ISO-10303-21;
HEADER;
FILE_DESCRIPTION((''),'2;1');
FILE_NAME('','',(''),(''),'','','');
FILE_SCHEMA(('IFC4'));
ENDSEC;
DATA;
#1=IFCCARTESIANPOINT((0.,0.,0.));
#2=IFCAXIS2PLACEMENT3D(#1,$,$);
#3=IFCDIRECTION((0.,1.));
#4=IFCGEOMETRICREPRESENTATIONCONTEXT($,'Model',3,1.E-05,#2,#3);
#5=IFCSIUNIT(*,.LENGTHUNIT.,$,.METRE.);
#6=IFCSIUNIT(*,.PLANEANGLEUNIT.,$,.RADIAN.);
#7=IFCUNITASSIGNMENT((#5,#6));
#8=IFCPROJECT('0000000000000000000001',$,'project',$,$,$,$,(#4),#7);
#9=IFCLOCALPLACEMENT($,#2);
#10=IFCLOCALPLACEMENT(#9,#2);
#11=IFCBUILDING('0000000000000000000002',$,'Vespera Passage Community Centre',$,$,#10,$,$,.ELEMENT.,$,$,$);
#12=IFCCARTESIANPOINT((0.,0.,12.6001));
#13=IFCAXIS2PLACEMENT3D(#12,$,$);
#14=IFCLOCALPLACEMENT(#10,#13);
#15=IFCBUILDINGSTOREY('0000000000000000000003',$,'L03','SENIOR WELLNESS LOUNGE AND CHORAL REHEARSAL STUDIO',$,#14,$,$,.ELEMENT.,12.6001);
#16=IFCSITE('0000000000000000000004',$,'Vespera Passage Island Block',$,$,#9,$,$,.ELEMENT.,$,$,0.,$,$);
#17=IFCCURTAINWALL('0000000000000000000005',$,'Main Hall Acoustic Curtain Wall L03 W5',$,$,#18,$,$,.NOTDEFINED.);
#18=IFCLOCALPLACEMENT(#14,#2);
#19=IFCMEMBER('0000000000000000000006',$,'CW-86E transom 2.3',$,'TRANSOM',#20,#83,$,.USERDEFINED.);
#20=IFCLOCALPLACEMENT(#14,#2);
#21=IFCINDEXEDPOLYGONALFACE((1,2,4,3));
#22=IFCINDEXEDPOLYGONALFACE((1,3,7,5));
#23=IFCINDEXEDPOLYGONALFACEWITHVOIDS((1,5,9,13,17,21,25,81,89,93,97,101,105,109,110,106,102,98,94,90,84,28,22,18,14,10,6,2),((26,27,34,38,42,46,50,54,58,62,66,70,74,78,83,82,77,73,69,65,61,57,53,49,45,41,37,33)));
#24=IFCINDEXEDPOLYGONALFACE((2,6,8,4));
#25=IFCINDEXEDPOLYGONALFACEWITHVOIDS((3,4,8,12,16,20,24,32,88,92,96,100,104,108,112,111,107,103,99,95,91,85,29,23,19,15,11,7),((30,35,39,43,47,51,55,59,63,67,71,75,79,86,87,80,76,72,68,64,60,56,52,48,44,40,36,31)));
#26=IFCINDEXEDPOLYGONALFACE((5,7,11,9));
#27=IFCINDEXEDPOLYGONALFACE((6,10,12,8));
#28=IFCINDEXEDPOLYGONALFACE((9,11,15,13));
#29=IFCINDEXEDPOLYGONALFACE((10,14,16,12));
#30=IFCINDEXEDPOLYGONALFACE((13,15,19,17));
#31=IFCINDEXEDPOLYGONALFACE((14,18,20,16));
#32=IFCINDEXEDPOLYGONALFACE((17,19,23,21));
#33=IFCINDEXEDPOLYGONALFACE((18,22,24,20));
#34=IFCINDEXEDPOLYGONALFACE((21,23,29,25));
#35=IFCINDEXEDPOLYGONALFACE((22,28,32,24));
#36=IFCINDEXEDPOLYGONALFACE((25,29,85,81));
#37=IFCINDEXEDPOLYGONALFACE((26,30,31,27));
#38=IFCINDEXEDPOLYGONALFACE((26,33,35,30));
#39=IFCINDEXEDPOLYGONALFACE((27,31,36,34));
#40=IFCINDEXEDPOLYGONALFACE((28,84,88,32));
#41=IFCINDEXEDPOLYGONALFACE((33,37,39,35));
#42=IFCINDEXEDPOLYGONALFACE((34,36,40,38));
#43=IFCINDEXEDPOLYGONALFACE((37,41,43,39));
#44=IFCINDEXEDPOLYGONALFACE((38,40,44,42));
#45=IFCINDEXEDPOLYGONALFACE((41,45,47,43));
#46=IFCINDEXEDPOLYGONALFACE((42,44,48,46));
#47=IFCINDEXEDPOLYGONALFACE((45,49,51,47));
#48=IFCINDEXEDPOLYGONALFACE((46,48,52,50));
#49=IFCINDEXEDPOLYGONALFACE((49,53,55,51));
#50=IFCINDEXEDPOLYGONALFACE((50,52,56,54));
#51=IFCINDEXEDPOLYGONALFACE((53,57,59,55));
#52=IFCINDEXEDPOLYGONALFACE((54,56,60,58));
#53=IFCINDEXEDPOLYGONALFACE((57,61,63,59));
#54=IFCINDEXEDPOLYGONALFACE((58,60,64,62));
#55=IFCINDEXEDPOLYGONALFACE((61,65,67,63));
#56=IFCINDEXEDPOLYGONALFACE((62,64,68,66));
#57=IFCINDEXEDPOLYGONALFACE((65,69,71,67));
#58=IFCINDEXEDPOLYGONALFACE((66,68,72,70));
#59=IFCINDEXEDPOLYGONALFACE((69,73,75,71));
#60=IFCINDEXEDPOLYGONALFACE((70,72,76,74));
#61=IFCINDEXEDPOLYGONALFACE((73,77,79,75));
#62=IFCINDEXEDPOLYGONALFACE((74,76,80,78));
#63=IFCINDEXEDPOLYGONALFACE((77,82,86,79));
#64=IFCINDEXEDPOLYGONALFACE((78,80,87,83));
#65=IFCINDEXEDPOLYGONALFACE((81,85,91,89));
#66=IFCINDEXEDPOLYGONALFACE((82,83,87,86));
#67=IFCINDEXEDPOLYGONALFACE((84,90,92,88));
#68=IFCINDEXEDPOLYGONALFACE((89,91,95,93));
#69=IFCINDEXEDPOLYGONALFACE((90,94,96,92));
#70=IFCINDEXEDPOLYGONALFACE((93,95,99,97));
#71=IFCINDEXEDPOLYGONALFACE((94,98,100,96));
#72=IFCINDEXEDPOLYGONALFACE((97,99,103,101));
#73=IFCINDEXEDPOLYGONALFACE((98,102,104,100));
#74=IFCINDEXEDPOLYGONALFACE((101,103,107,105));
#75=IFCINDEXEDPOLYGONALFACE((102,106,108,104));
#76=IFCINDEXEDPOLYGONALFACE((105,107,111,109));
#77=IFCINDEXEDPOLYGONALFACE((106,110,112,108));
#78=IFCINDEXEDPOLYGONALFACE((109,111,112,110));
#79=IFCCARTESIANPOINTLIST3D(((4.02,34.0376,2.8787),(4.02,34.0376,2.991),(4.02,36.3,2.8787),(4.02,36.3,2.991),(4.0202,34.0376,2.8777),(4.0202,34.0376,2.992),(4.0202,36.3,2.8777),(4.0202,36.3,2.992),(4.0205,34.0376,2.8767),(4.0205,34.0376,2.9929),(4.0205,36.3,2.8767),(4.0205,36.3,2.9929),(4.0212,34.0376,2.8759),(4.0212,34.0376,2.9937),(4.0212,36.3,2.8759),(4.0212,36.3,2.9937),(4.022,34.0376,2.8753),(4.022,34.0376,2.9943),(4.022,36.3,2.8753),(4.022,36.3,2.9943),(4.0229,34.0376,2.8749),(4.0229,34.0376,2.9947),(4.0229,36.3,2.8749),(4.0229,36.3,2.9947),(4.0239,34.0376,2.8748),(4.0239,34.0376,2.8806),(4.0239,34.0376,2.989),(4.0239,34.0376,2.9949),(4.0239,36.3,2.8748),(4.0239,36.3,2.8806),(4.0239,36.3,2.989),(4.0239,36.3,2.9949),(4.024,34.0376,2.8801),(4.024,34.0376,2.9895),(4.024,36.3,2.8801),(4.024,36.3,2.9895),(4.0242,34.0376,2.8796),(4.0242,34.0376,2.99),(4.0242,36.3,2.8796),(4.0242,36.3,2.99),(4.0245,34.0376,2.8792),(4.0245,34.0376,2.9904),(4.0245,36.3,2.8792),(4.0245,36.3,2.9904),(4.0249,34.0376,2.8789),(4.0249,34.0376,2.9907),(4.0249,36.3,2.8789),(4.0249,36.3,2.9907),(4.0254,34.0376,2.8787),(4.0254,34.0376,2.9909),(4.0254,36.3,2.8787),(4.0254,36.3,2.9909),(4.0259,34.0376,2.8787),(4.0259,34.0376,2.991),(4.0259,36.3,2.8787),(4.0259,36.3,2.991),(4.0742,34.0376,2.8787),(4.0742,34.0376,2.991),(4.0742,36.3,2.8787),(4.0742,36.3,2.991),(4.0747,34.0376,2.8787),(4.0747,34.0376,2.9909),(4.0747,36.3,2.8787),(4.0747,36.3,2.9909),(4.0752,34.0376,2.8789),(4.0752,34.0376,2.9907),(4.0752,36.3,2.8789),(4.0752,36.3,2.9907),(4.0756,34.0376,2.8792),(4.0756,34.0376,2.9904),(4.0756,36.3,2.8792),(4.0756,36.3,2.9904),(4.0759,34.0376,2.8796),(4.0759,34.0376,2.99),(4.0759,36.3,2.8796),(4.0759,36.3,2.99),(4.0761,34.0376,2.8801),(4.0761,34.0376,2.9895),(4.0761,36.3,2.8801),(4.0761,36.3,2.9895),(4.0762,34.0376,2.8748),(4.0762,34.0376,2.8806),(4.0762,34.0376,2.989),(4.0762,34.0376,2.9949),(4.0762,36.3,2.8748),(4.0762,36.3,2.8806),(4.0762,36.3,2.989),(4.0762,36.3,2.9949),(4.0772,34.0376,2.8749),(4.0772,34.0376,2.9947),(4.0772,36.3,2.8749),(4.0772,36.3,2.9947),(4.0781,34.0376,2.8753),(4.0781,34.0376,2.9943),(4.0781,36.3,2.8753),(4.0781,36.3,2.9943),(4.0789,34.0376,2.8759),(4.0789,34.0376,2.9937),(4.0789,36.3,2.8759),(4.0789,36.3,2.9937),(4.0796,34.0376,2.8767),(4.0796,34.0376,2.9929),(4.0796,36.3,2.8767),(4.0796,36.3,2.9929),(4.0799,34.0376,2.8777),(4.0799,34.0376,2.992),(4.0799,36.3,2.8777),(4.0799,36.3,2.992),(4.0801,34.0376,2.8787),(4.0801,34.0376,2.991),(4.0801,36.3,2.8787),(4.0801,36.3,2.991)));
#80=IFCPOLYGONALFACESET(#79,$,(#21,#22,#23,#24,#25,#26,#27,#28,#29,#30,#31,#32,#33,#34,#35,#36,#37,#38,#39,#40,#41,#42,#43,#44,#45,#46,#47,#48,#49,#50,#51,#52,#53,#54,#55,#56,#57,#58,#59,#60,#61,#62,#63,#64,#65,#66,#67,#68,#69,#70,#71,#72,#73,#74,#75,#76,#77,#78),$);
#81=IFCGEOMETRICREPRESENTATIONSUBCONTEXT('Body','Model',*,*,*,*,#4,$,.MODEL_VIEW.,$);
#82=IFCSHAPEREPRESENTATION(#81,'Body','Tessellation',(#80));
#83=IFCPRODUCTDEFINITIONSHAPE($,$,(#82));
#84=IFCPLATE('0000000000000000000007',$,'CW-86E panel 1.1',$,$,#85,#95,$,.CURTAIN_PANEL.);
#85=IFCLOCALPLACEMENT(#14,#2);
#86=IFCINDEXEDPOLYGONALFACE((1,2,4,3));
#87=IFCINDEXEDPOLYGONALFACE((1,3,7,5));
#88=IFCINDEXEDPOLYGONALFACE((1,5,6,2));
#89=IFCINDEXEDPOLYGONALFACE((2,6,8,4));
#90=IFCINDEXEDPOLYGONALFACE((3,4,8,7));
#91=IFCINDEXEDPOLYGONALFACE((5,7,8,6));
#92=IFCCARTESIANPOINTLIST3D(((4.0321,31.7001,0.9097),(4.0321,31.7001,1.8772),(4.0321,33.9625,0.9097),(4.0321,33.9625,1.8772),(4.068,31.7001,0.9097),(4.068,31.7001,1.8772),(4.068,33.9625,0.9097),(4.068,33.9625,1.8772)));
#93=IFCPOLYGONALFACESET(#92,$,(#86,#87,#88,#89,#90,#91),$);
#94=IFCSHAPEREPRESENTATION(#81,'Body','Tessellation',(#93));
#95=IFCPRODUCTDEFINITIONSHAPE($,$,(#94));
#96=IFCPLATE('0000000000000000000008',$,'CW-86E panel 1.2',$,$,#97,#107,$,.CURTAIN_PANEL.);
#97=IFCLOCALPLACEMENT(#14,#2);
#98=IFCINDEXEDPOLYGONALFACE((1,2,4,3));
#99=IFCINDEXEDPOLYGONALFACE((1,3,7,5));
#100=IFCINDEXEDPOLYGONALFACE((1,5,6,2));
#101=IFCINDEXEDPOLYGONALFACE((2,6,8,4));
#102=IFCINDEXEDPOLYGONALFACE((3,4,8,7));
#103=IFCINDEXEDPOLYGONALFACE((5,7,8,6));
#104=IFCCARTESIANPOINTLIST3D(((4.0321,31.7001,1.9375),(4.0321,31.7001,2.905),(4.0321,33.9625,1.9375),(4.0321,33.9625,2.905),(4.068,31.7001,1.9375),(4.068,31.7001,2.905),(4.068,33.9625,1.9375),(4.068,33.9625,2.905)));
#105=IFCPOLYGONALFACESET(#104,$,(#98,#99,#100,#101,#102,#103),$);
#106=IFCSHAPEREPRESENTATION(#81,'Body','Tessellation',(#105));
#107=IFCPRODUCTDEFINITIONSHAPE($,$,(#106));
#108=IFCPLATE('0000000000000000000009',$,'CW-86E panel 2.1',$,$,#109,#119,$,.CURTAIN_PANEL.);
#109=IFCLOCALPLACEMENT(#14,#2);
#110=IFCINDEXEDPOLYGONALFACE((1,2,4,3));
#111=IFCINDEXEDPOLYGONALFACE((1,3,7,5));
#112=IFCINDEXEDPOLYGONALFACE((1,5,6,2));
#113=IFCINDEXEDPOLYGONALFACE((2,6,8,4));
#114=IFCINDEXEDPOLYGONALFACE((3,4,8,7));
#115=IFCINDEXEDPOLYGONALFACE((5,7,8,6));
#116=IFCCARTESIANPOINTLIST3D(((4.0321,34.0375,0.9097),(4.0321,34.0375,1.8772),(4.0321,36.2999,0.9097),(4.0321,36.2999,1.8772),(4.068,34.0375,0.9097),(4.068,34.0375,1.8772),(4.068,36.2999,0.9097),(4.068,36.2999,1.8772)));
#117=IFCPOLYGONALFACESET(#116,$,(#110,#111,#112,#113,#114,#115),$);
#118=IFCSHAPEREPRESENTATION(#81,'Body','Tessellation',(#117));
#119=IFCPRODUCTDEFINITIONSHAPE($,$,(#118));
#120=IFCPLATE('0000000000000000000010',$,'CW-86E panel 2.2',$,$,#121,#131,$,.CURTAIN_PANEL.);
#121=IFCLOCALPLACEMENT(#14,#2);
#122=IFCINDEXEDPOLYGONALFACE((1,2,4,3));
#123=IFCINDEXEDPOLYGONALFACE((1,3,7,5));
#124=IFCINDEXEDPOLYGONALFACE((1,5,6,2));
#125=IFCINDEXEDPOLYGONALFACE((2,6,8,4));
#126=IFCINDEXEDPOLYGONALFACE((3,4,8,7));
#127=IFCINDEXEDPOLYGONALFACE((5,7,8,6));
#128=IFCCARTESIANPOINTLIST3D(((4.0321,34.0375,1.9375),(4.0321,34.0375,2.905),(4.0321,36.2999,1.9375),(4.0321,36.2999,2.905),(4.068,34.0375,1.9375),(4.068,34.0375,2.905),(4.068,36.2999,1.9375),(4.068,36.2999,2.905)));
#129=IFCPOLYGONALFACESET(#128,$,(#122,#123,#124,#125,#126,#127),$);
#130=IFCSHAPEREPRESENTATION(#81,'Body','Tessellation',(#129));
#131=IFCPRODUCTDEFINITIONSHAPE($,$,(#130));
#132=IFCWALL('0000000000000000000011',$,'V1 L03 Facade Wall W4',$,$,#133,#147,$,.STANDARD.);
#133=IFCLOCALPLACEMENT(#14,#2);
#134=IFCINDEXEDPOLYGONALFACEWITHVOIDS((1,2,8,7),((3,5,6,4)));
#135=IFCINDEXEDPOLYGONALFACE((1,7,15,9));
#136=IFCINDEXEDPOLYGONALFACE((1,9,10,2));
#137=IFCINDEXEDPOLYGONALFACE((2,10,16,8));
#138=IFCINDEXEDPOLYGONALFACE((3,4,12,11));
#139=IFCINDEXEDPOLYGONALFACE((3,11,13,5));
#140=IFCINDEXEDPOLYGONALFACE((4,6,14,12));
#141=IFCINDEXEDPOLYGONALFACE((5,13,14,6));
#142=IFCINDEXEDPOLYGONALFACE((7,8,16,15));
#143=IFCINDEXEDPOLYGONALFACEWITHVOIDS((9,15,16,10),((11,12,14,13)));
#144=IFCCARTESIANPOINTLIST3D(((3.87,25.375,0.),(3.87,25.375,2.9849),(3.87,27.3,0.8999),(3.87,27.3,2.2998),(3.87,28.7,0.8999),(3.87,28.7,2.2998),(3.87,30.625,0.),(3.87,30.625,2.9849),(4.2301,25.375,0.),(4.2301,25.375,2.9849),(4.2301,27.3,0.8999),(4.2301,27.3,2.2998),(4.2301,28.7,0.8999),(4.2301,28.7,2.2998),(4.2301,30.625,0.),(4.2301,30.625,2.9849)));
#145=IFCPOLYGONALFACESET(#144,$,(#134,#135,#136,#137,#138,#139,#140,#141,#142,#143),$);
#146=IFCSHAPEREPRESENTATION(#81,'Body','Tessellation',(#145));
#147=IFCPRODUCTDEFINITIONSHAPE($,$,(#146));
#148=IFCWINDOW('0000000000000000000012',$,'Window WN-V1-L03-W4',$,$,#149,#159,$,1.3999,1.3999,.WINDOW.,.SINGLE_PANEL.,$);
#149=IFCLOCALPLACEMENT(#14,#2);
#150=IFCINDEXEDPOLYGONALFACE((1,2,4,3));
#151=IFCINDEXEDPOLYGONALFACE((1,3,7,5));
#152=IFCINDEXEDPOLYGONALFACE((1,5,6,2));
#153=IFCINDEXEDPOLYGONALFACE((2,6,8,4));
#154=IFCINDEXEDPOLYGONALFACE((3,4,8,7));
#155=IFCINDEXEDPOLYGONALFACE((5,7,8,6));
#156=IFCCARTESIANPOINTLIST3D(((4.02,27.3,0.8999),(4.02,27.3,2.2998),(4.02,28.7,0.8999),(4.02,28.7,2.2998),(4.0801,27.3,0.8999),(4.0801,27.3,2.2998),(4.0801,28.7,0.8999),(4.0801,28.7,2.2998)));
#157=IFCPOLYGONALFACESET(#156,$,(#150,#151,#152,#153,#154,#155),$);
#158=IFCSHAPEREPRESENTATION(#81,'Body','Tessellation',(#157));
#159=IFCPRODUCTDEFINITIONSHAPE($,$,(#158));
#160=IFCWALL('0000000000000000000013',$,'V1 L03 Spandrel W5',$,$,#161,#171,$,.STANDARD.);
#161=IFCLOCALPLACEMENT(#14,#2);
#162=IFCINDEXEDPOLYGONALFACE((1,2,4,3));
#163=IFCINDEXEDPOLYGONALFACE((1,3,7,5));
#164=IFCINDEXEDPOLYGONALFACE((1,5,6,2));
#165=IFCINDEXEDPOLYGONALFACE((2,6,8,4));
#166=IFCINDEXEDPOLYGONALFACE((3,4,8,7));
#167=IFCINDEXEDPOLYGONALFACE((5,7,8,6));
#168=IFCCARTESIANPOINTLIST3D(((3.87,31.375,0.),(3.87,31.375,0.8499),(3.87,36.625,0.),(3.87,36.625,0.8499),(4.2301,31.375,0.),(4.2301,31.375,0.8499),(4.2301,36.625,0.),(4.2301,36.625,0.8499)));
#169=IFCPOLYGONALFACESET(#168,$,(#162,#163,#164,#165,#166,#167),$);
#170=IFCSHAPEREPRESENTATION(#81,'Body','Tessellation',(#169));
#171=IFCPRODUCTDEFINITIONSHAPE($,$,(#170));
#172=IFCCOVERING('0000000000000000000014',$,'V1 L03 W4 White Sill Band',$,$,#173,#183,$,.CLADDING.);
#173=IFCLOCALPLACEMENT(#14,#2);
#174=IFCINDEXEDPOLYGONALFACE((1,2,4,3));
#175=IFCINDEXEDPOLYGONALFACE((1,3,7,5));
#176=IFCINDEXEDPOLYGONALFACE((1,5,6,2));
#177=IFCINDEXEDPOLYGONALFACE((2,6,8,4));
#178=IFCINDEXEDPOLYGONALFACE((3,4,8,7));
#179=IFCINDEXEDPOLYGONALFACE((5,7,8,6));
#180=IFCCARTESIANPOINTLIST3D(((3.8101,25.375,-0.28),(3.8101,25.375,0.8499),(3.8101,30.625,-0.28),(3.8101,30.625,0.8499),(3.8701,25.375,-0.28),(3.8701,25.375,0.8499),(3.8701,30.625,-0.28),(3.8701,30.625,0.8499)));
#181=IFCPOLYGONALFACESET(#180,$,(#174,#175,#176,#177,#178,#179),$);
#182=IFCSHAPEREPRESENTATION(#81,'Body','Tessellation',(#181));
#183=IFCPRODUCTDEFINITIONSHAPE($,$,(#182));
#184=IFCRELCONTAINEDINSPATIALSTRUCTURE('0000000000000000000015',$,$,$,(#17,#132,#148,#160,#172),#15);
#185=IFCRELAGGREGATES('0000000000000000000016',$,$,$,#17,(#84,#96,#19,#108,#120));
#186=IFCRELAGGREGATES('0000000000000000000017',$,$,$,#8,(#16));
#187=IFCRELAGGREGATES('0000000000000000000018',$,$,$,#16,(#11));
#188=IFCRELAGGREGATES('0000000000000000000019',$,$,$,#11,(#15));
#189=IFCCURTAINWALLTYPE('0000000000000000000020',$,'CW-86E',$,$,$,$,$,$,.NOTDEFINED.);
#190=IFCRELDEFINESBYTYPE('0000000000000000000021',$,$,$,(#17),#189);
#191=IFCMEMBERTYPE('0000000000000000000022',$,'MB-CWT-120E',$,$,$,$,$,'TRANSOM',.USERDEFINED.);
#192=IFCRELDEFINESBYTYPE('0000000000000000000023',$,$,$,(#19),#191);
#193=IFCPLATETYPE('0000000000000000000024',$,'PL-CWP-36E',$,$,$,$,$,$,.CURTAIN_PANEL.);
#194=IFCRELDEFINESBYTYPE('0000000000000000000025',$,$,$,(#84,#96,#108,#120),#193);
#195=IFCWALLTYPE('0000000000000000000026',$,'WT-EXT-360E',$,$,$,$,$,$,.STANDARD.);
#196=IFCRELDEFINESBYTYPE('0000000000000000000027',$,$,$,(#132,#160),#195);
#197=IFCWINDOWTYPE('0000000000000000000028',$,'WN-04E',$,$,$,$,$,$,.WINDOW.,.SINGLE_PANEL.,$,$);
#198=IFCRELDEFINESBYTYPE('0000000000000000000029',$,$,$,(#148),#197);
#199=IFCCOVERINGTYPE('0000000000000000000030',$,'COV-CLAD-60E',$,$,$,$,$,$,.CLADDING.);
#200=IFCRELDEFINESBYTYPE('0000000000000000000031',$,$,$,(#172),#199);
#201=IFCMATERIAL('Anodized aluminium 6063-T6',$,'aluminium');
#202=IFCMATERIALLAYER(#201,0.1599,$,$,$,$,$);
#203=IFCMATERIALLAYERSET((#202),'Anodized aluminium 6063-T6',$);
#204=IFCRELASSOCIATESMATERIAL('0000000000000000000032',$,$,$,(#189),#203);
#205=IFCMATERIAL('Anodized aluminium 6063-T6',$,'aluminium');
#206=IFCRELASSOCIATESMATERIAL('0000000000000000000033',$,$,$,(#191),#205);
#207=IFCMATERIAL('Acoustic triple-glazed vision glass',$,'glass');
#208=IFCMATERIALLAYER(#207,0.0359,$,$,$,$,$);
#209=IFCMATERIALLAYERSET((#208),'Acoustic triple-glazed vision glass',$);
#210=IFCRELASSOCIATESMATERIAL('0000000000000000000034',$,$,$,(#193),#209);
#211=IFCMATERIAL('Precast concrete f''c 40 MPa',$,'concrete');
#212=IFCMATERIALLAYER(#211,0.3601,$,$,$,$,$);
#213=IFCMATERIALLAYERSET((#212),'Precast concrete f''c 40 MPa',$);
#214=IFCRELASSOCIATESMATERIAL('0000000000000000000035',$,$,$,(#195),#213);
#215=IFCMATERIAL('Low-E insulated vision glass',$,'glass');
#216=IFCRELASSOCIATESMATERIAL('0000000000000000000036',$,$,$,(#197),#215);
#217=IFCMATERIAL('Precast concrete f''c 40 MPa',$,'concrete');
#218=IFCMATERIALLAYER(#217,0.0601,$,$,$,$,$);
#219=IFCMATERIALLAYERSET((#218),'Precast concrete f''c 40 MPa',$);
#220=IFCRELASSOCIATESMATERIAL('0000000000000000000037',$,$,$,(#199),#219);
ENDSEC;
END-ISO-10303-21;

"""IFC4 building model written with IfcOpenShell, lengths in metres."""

from ifc_helpers import new_model, si_unit, direction, frame, frame_2d, origin, origin_2d, place, context, subcontext, project, spatial, rectangle, hollow_rectangle, extrude, material, layer, layer_set, material_profile, profile_set, type_object, element, fill, aggregate, save


model = new_model("IFC4")

# Units and contexts
model_context = context("Model", 3, precision=1e-05, world=origin(), true_north=direction((0.0, 1.0)))
body_context = subcontext(model_context, "Body", "Model", "MODEL_VIEW")
ifc_project = project(units=[si_unit("LENGTHUNIT", "METRE"), si_unit("PLANEANGLEUNIT", "RADIAN")], contexts=[model_context])

# Site, building, storey
site_placement = place(None, origin())
site = spatial("IfcSite", under=ifc_project, at=site_placement, Name="Vespera Passage Island Block", CompositionType="ELEMENT", RefElevation=0.0)
building_placement = place(site_placement, origin())
building = spatial("IfcBuilding", under=site, at=building_placement, Name="Vespera Passage Community Centre", CompositionType="ELEMENT")
storey_placement = place(building_placement, frame((0.0, 0.0, 12.6001)))
storey = spatial("IfcBuildingStorey", under=building, at=storey_placement, Name="L03", Description="SENIOR WELLNESS LOUNGE AND CHORAL REHEARSAL STUDIO", CompositionType="ELEMENT", Elevation=12.6001)

# Curtain wall, member, plates
ifc_material_1 = material(Name="Anodized aluminium 6063-T6", Category="aluminium")
ifc_layer_1 = layer(ifc_material_1, 0.1599)
ifc_layer_set_1 = layer_set([ifc_layer_1], Name="Anodized aluminium 6063-T6")
curtain_wall_type = type_object("IfcCurtainWallType", Name="CW-86E", PredefinedType="NOTDEFINED", material=ifc_layer_set_1)
curtain_wall_placement = place(storey_placement, origin())
curtain_wall = element("IfcCurtainWall", 1, at=curtain_wall_placement, inside=storey, type_object=curtain_wall_type, Name="Main Hall Acoustic Curtain Wall L03 W5", PredefinedType="NOTDEFINED")
ifc_material_2 = material(Name="Anodized aluminium 6063-T6", Category="aluminium")
ifc_material_profile_1 = material_profile(ifc_material_2, hollow_rectangle(XDim=0.0601, YDim=0.1201, WallThickness=0.0039, InnerFilletRadius=0.002, OuterFilletRadius=0.0039, at=origin_2d()), Name="ALU120X60X4")
ifc_profile_set_1 = profile_set([ifc_material_profile_1], Name="Anodized aluminium 6063-T6")
member_type_1 = type_object("IfcMemberType", Name="MB-CWT-120E", ElementType="TRANSOM", PredefinedType="USERDEFINED", material=ifc_profile_set_1)
member_1_placement = place(storey_placement, frame((4.05, 34.0376, 2.9348), z_axis=(0.0, 1.0, 0.0), x_axis=(-1.0, 0.0, 0.0)))
member_1 = element("IfcMember", 2, at=member_1_placement, type_object=member_type_1, Name="CW-86E transom 2.3", ObjectType="TRANSOM", PredefinedType="USERDEFINED", context=body_context, shape_type="SweptSolid", body=[
    extrude(hollow_rectangle(XDim=0.0601, YDim=0.1201, WallThickness=0.0039, InnerFilletRadius=0.002, OuterFilletRadius=0.0039, at=origin_2d()), origin(), (0.0, 0.0, 1.0), 2.2625),
])
ifc_material_3 = material(Name="Acoustic triple-glazed vision glass", Category="glass")
ifc_layer_2 = layer(ifc_material_3, 0.0359)
ifc_layer_set_2 = layer_set([ifc_layer_2], Name="Acoustic triple-glazed vision glass")
plate_type = type_object("IfcPlateType", Name="PL-CWP-36E", PredefinedType="CURTAIN_PANEL", material=ifc_layer_set_2)
plate_1_placement = place(storey_placement, frame((4.05, 32.8313, 0.9097), z_axis=(0.0, 0.0, 1.0), x_axis=(0.0, 1.0, 0.0)))
plate_1 = element("IfcPlate", 3, at=plate_1_placement, type_object=plate_type, Name="CW-86E panel 1.1", PredefinedType="CURTAIN_PANEL", context=body_context, shape_type="SweptSolid", body=[
    extrude(rectangle(XDim=2.2625, YDim=0.0359, at=origin_2d()), origin(), (0.0, 0.0, 1.0), 0.9675),
])
plate_2_placement = place(storey_placement, frame((4.05, 32.8313, 1.9375), z_axis=(0.0, 0.0, 1.0), x_axis=(0.0, 1.0, 0.0)))
plate_2 = element("IfcPlate", 4, at=plate_2_placement, type_object=plate_type, Name="CW-86E panel 1.2", PredefinedType="CURTAIN_PANEL", context=body_context, shape_type="SweptSolid", body=[
    extrude(rectangle(XDim=2.2625, YDim=0.0359, at=origin_2d()), origin(), (0.0, 0.0, 1.0), 0.9675),
])
plate_3_placement = place(storey_placement, frame((4.05, 35.1687, 0.9097), z_axis=(0.0, 0.0, 1.0), x_axis=(0.0, 1.0, 0.0)))
plate_3 = element("IfcPlate", 5, at=plate_3_placement, type_object=plate_type, Name="CW-86E panel 2.1", PredefinedType="CURTAIN_PANEL", context=body_context, shape_type="SweptSolid", body=[
    extrude(rectangle(XDim=2.2625, YDim=0.0359, at=origin_2d()), origin(), (0.0, 0.0, 1.0), 0.9675),
])
plate_4_placement = place(storey_placement, frame((4.05, 35.1687, 1.9375), z_axis=(0.0, 0.0, 1.0), x_axis=(0.0, 1.0, 0.0)))
plate_4 = element("IfcPlate", 6, at=plate_4_placement, type_object=plate_type, Name="CW-86E panel 2.2", PredefinedType="CURTAIN_PANEL", context=body_context, shape_type="SweptSolid", body=[
    extrude(rectangle(XDim=2.2625, YDim=0.0359, at=origin_2d()), origin(), (0.0, 0.0, 1.0), 0.9675),
])
aggregate(curtain_wall, [plate_1, plate_2, member_1, plate_3, plate_4])

# Wall, opening, window
ifc_material_4 = material(Name="Precast concrete f'c 40 MPa", Category="concrete")
ifc_layer_3 = layer(ifc_material_4, 0.3601)
ifc_layer_set_3 = layer_set([ifc_layer_3], Name="Precast concrete f'c 40 MPa")
wall_type = type_object("IfcWallType", Name="WT-EXT-360E", PredefinedType="STANDARD", material=ifc_layer_set_3)
wall_1_placement = place(storey_placement, frame((4.05, 25.375, 0.0), z_axis=(0.0, 0.0, 1.0), x_axis=(0.0, 1.0, 0.0)))
wall_1 = element("IfcWall", 7, at=wall_1_placement, inside=storey, type_object=wall_type, Name="V1 L03 Facade Wall W4", PredefinedType="STANDARD", context=body_context, shape_type="SweptSolid", body=[
    extrude(rectangle(XDim=5.25, YDim=0.3601, at=frame_2d((2.625, 0.0))), origin(), (0.0, 0.0, 1.0), 2.9849),
])
opening_placement = place(wall_1_placement, frame((1.925, 0.0, 0.8999)))
opening = element("IfcOpeningElement", 8, at=opening_placement, cuts=wall_1, PredefinedType="OPENING", context=body_context, shape_type="SweptSolid", body=[
    extrude(rectangle(XDim=1.3999, YDim=1.3999, at=frame_2d((0.7, 0.7))), frame((0.0, 0.1902, 0.0), z_axis=(0.0, -1.0, 0.0), x_axis=(1.0, 0.0, 0.0)), (0.0, 0.0, 1.0), 0.3801),
])
ifc_material_5 = material(Name="Low-E insulated vision glass", Category="glass")
window_type = type_object("IfcWindowType", Name="WN-04E", PartitioningType="SINGLE_PANEL", PredefinedType="WINDOW", material=ifc_material_5)
window_placement = place(opening_placement, origin())
window = element("IfcWindow", 9, at=window_placement, inside=storey, type_object=window_type, Name="Window WN-V1-L03-W4", OverallHeight=1.3999, OverallWidth=1.3999, PartitioningType="SINGLE_PANEL", PredefinedType="WINDOW", context=body_context, shape_type="SweptSolid", body=[
    extrude(rectangle(XDim=1.3999, YDim=1.3999, at=frame_2d((0.7, 0.7))), frame((0.0, 0.03, 0.0), z_axis=(0.0, -1.0, 0.0), x_axis=(1.0, 0.0, 0.0)), (0.0, 0.0, 1.0), 0.0601),
])
fill(opening, window)

# Wall
wall_2_placement = place(storey_placement, frame((4.05, 31.375, 0.0), z_axis=(0.0, 0.0, 1.0), x_axis=(0.0, 1.0, 0.0)))
element("IfcWall", 10, at=wall_2_placement, inside=storey, type_object=wall_type, Name="V1 L03 Spandrel W5", PredefinedType="STANDARD", context=body_context, shape_type="SweptSolid", body=[
    extrude(rectangle(XDim=5.25, YDim=0.3601, at=frame_2d((2.625, 0.0))), origin(), (0.0, 0.0, 1.0), 0.8499),
])

# Covering
ifc_material_6 = material(Name="Precast concrete f'c 40 MPa", Category="concrete")
ifc_layer_4 = layer(ifc_material_6, 0.0601)
ifc_layer_set_4 = layer_set([ifc_layer_4], Name="Precast concrete f'c 40 MPa")
covering_type = type_object("IfcCoveringType", Name="COV-CLAD-60E", PredefinedType="CLADDING", material=ifc_layer_set_4)
for number, where, z_axis, x_axis, name in (
    (11, (3.8401, 25.375, -0.28), (0.0, 0.0, 1.0), (0.0, 1.0, 0.0), "V1 L03 W4 White Sill Band"),
):
    element("IfcCovering", number, at=place(storey_placement, frame(where, z_axis=z_axis, x_axis=x_axis)), inside=storey, type_object=covering_type, Name=name, PredefinedType="CLADDING", context=body_context, shape_type="SweptSolid", body=[
        extrude(rectangle(XDim=5.25, YDim=0.0601, at=frame_2d((2.625, 0.0))), origin(), (0.0, 0.0, 1.0), 1.1299),
    ])

save(model, "model.ifc")
